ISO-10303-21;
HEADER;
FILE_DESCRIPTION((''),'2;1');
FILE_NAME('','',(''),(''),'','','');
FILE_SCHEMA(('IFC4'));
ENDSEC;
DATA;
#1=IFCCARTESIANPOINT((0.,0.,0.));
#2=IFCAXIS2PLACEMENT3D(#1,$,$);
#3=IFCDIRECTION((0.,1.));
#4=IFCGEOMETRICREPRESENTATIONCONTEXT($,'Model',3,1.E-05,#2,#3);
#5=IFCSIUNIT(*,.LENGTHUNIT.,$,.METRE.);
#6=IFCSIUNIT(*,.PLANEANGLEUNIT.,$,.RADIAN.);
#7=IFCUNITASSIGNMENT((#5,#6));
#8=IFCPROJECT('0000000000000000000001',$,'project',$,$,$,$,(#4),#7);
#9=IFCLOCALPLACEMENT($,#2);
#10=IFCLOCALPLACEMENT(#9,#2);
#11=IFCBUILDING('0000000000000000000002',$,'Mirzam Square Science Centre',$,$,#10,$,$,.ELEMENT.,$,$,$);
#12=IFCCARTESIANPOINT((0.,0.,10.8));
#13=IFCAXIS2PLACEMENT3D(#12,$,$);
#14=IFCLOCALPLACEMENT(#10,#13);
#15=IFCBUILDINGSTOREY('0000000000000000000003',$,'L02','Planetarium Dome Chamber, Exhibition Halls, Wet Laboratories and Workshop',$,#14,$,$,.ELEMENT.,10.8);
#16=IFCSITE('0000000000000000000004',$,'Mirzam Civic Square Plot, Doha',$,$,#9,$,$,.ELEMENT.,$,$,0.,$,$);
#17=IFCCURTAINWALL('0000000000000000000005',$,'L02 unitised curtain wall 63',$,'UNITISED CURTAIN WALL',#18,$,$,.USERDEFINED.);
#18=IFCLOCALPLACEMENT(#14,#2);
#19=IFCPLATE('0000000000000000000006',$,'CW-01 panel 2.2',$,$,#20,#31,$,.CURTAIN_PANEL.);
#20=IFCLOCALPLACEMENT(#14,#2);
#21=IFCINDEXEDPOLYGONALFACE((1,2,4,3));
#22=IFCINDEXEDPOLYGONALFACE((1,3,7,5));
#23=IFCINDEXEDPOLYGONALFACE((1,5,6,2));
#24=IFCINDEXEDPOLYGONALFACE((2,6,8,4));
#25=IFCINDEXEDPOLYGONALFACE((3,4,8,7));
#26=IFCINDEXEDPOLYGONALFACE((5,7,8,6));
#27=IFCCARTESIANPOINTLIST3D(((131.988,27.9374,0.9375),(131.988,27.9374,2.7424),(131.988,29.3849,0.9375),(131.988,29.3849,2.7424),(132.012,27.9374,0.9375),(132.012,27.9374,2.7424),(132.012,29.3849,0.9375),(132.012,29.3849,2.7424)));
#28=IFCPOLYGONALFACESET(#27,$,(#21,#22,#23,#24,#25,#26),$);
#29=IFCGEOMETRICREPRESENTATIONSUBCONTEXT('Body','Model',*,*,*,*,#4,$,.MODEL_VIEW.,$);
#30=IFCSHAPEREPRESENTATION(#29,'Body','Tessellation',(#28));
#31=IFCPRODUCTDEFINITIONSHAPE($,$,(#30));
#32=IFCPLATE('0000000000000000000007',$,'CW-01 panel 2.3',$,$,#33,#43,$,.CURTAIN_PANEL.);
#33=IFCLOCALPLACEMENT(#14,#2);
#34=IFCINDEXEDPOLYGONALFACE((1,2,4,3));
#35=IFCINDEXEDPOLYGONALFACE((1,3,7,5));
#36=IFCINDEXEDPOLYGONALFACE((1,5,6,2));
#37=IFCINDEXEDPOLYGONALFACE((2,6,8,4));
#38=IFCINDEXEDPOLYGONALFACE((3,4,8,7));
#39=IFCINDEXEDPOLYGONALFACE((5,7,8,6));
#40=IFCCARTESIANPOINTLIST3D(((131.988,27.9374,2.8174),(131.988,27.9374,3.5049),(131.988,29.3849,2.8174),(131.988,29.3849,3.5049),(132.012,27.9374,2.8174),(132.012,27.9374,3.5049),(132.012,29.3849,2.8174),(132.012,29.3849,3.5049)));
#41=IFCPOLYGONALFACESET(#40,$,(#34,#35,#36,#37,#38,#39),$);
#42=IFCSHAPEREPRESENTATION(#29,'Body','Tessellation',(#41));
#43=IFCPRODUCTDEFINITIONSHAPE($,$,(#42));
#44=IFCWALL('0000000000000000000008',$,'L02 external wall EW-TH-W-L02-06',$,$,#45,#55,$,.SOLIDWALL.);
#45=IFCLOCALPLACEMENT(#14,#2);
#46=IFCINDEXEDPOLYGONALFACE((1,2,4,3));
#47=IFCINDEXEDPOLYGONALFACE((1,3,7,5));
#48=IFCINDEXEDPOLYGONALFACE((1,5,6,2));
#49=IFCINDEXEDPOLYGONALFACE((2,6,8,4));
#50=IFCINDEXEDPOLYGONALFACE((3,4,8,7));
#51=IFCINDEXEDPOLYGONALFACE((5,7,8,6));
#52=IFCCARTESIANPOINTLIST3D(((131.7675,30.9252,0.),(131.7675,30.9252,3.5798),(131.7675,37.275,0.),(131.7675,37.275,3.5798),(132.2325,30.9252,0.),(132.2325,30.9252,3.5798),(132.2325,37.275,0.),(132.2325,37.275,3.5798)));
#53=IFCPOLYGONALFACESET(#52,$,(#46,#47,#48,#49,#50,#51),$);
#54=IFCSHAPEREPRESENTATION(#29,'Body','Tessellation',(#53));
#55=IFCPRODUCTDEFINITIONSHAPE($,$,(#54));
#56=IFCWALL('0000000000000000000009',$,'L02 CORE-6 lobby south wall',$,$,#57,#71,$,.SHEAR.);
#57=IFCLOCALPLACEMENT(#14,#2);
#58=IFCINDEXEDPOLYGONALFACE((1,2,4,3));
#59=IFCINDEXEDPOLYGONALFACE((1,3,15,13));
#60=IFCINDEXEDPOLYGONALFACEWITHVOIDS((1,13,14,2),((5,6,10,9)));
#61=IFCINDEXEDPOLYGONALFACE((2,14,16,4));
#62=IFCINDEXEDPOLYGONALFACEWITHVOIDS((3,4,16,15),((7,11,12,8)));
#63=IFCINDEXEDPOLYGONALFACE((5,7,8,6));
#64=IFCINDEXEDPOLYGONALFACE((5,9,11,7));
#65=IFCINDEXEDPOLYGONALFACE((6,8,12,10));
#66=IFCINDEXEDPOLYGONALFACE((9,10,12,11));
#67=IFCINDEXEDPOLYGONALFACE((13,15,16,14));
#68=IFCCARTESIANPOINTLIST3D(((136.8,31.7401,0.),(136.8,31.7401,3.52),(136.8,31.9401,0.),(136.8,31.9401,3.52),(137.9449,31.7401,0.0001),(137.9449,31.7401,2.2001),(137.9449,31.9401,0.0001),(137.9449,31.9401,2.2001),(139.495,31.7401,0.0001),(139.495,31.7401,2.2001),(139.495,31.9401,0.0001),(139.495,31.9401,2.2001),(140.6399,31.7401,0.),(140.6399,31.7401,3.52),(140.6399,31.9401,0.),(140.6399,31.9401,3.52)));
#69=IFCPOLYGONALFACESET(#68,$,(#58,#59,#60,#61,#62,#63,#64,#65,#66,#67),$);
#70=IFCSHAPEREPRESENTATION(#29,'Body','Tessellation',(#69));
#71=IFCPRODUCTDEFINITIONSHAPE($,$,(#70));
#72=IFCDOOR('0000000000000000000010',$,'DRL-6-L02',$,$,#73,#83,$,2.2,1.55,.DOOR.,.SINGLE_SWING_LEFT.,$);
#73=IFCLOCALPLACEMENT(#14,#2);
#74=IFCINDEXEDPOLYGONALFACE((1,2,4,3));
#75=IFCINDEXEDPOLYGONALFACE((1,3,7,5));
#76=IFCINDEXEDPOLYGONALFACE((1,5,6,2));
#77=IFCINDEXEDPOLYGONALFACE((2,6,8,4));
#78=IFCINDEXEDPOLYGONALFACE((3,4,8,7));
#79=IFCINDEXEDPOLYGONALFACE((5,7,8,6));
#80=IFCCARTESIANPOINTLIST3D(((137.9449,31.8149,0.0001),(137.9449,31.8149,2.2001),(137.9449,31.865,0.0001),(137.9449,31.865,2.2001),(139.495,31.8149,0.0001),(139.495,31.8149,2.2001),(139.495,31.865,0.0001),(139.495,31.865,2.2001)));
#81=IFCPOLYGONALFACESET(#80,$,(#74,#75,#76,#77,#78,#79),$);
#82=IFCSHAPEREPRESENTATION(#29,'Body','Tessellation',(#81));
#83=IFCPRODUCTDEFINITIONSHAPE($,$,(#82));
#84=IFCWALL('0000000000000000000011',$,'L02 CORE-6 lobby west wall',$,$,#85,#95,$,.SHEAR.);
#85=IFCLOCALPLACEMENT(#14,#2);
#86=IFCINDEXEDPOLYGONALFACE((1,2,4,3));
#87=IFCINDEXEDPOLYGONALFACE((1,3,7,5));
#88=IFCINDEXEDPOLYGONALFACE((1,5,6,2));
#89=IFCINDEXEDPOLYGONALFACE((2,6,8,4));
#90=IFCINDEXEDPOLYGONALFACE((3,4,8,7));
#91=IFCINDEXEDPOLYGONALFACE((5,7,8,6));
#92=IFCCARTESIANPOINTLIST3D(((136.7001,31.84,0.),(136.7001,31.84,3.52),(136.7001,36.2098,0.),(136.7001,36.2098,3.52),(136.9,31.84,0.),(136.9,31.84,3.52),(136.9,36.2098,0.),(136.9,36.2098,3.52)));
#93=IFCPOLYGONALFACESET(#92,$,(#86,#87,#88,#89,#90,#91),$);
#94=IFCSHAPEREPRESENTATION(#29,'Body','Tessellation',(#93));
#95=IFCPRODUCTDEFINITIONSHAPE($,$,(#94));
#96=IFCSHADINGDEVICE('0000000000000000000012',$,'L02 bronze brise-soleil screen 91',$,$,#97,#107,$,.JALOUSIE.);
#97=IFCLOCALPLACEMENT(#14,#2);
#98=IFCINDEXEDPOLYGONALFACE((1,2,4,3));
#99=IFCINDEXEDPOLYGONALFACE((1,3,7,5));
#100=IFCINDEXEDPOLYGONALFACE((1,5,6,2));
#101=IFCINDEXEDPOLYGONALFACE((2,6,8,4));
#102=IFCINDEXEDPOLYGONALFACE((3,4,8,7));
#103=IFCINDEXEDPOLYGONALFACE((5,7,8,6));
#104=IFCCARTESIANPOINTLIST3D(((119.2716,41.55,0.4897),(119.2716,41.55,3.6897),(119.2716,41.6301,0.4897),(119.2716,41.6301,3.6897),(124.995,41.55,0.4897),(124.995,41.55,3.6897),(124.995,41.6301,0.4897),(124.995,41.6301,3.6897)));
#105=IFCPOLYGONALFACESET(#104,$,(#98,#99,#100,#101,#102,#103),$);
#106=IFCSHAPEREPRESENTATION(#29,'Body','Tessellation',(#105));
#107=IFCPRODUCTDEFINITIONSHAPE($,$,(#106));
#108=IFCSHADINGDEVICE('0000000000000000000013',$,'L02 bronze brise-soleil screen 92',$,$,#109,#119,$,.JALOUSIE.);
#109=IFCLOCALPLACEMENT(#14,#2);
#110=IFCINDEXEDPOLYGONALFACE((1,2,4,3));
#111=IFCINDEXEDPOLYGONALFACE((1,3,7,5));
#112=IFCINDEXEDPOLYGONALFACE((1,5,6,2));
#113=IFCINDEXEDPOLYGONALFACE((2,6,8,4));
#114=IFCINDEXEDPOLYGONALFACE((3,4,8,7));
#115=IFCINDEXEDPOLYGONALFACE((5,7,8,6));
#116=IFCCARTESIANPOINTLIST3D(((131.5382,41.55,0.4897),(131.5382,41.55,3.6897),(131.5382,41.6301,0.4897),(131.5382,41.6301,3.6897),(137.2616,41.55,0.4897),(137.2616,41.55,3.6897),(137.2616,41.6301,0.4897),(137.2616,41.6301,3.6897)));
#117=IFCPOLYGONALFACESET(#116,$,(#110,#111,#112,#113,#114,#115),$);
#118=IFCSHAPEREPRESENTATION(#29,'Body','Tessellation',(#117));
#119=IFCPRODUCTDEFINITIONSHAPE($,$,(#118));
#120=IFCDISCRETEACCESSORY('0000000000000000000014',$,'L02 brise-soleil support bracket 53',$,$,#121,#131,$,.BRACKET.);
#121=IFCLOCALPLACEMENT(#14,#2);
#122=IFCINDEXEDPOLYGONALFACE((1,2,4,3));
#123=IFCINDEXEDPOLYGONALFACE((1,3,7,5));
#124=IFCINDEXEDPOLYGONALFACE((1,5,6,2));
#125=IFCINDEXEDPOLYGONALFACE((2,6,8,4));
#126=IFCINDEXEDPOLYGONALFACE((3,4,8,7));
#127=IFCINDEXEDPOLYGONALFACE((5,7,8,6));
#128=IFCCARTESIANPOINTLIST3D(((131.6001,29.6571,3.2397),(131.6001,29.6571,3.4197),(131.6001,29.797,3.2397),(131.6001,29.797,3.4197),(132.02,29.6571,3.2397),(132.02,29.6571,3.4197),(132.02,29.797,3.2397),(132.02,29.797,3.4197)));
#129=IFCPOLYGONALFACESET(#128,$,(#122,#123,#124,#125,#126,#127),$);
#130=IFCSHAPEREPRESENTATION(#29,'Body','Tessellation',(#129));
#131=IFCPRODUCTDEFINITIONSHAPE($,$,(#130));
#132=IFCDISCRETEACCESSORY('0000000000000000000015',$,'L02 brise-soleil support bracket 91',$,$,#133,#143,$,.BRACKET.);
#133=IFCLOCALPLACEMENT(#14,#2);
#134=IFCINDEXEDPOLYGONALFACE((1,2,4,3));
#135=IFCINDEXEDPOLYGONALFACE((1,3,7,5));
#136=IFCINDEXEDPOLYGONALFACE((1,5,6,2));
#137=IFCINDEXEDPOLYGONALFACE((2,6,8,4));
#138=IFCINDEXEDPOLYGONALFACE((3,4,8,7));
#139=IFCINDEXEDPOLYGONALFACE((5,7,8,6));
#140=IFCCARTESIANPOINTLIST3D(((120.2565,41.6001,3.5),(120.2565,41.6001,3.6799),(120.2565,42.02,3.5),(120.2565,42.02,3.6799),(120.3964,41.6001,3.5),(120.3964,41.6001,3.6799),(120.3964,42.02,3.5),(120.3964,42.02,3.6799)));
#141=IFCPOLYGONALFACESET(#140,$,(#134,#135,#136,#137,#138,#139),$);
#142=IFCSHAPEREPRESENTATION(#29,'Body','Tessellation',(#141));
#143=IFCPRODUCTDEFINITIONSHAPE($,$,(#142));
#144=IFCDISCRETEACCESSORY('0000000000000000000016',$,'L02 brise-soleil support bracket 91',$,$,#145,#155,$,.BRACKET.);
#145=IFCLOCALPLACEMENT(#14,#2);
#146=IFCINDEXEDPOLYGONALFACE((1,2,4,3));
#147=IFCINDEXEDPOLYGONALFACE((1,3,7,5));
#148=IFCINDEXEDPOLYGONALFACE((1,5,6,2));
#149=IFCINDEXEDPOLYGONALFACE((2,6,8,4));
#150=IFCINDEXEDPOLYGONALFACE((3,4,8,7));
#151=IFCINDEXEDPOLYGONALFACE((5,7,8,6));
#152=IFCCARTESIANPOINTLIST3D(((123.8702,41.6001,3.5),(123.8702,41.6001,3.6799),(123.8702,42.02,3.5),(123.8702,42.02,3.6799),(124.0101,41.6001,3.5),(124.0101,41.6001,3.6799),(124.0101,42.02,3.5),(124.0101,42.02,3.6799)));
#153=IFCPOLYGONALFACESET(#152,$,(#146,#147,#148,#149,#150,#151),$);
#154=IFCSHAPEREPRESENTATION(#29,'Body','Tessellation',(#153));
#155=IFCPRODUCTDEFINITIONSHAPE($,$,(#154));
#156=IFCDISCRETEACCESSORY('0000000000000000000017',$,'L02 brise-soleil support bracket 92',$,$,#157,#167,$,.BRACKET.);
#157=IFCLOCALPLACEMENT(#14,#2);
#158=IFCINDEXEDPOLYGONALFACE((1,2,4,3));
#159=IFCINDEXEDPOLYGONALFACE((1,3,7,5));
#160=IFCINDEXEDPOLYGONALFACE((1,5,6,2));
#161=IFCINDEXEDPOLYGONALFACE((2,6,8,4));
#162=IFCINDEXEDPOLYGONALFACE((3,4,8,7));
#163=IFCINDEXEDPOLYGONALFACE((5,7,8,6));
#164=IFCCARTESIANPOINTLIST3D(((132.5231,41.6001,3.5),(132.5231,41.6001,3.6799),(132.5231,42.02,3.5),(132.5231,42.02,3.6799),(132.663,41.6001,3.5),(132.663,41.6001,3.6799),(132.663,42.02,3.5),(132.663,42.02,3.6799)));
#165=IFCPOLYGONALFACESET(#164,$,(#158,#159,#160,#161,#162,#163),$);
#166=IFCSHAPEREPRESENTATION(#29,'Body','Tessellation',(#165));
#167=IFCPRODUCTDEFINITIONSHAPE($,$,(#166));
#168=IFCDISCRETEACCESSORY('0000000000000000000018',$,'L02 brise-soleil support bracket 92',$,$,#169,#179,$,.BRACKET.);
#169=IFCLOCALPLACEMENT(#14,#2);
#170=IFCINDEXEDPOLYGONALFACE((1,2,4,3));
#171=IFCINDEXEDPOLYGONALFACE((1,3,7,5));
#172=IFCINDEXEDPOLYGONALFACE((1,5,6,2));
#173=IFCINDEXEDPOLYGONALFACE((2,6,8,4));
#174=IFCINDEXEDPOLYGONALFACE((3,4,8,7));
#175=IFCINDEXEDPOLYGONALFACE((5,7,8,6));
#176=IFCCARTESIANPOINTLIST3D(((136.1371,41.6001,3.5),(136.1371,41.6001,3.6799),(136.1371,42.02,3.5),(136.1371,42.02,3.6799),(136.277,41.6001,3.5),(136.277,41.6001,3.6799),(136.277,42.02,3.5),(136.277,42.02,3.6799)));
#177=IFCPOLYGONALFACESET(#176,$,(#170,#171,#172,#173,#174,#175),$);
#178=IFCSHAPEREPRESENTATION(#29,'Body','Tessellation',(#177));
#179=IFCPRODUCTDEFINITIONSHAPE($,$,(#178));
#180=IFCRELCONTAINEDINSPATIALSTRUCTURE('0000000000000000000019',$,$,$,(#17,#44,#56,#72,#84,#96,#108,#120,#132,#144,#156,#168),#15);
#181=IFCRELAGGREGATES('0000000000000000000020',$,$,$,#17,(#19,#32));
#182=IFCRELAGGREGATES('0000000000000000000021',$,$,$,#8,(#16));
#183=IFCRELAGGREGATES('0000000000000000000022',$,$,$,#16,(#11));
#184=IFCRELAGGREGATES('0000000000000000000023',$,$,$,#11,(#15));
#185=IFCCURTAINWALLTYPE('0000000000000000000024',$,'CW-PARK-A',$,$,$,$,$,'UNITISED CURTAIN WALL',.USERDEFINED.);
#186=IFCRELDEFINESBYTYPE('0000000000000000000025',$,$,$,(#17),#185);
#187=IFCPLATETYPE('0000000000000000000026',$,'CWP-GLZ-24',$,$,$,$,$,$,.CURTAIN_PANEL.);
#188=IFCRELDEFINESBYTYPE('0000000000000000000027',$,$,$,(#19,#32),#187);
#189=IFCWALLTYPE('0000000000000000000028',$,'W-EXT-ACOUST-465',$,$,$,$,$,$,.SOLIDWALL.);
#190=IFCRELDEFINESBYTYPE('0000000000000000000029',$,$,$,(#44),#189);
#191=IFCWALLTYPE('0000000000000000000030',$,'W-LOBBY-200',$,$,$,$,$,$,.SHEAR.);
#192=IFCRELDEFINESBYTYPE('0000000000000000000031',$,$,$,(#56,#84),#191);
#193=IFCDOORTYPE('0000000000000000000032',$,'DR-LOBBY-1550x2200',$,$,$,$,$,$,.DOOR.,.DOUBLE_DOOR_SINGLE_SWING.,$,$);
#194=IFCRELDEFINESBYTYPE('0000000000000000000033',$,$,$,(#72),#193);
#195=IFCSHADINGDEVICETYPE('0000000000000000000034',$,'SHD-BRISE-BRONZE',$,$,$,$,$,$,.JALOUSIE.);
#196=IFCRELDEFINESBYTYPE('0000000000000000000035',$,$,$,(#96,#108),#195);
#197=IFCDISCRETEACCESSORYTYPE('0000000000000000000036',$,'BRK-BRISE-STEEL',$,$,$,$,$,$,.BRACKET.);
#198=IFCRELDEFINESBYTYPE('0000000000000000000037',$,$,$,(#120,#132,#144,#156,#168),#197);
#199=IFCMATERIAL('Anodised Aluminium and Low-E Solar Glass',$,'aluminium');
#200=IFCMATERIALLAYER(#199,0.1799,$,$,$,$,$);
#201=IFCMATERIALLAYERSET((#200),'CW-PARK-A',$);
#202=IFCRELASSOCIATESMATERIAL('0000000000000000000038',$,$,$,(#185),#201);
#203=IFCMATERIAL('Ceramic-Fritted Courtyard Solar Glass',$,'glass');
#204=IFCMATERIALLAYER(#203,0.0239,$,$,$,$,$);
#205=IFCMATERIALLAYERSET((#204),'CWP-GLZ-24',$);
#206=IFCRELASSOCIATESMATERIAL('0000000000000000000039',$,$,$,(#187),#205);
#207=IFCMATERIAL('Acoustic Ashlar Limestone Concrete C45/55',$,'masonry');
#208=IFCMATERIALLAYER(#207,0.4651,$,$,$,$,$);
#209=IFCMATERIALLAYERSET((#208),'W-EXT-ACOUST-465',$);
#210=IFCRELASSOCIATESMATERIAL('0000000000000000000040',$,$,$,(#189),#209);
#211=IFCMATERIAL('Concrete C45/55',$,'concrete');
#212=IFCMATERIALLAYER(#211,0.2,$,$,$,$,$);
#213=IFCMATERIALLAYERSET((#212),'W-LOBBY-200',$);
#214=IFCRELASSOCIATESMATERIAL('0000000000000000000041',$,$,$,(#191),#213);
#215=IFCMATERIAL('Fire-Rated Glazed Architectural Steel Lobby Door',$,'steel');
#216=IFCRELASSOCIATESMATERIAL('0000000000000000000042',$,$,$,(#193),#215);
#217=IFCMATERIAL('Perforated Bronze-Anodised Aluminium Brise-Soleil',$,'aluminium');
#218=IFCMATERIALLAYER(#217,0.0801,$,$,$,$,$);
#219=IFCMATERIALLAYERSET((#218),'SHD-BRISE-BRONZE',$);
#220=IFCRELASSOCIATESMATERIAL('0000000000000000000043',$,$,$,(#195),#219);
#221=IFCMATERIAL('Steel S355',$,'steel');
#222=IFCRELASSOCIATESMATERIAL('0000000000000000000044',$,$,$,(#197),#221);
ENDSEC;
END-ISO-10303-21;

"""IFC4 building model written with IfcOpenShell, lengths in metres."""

from ifc_helpers import new_model, si_unit, direction, frame, frame_2d, origin, origin_2d, place, context, subcontext, project, spatial, rectangle, extrude, material, layer, layer_set, type_object, element, fill, aggregate, save


model = new_model("IFC4")

# Units and contexts
model_context = context("Model", 3, precision=1e-05, world=origin(), true_north=direction((0.0, 1.0)))
body_context = subcontext(model_context, "Body", "Model", "MODEL_VIEW")
ifc_project = project(units=[si_unit("LENGTHUNIT", "METRE"), si_unit("PLANEANGLEUNIT", "RADIAN")], contexts=[model_context])

# Site, building, storey
site_placement = place(None, origin())
site = spatial("IfcSite", under=ifc_project, at=site_placement, Name="Mirzam Civic Square Plot, Doha", CompositionType="ELEMENT", RefElevation=0.0)
building_placement = place(site_placement, origin())
building = spatial("IfcBuilding", under=site, at=building_placement, Name="Mirzam Square Science Centre", CompositionType="ELEMENT")
storey_placement = place(building_placement, frame((0.0, 0.0, 10.8)))
storey = spatial("IfcBuildingStorey", under=building, at=storey_placement, Name="L02", Description="Planetarium Dome Chamber, Exhibition Halls, Wet Laboratories and Workshop", CompositionType="ELEMENT", Elevation=10.8)

# Shared definitions
ifc_material_1 = material(Name="Steel S355", Category="steel")

# Curtain wall
ifc_material_2 = material(Name="Anodised Aluminium and Low-E Solar Glass", Category="aluminium")
ifc_layer_1 = layer(ifc_material_2, 0.1799)
ifc_layer_set_1 = layer_set([ifc_layer_1], Name="CW-PARK-A")
curtain_wall_type_1 = type_object("IfcCurtainWallType", Name="CW-PARK-A", ElementType="UNITISED CURTAIN WALL", PredefinedType="USERDEFINED", material=ifc_layer_set_1)
curtain_wall_1_placement = place(storey_placement, origin())
curtain_wall_1 = element("IfcCurtainWall", 1, at=curtain_wall_1_placement, inside=storey, type_object=curtain_wall_type_1, Name="L02 unitised curtain wall 63", ObjectType="UNITISED CURTAIN WALL", PredefinedType="USERDEFINED")

# Plates
ifc_material_3 = material(Name="Ceramic-Fritted Courtyard Solar Glass", Category="glass")
ifc_layer_2 = layer(ifc_material_3, 0.0239)
ifc_layer_set_2 = layer_set([ifc_layer_2], Name="CWP-GLZ-24")
plate_type = type_object("IfcPlateType", Name="CWP-GLZ-24", PredefinedType="CURTAIN_PANEL", material=ifc_layer_set_2)
plate_1_placement = place(storey_placement, frame((132.0, 28.6611, 0.9375), z_axis=(0.0, 0.0, 1.0), x_axis=(0.0, -1.0, 0.0)))
plate_1 = element("IfcPlate", 2, at=plate_1_placement, type_object=plate_type, Name="CW-01 panel 2.2", PredefinedType="CURTAIN_PANEL", context=body_context, shape_type="SweptSolid", body=[
    extrude(rectangle(XDim=1.4475, YDim=0.0239, at=origin_2d()), origin(), (0.0, 0.0, 1.0), 1.8049),
])
plate_2_placement = place(storey_placement, frame((132.0, 28.6611, 2.8174), z_axis=(0.0, 0.0, 1.0), x_axis=(0.0, -1.0, 0.0)))
plate_2 = element("IfcPlate", 3, at=plate_2_placement, type_object=plate_type, Name="CW-01 panel 2.3", PredefinedType="CURTAIN_PANEL", context=body_context, shape_type="SweptSolid", body=[
    extrude(rectangle(XDim=1.4475, YDim=0.0239, at=origin_2d()), origin(), (0.0, 0.0, 1.0), 0.6875),
])
aggregate(curtain_wall_1, [plate_1, plate_2])

# Wall
ifc_material_4 = material(Name="Acoustic Ashlar Limestone Concrete C45/55", Category="masonry")
ifc_layer_3 = layer(ifc_material_4, 0.4651)
ifc_layer_set_3 = layer_set([ifc_layer_3], Name="W-EXT-ACOUST-465")
wall_type_1 = type_object("IfcWallType", Name="W-EXT-ACOUST-465", PredefinedType="SOLIDWALL", material=ifc_layer_set_3)
wall_1_placement = place(storey_placement, frame((132.0, 37.2749, 0.0), z_axis=(0.0, 0.0, 1.0), x_axis=(0.0, -1.0, 0.0)))
element("IfcWall", 4, at=wall_1_placement, inside=storey, type_object=wall_type_1, Name="L02 external wall EW-TH-W-L02-06", PredefinedType="SOLIDWALL", context=body_context, shape_type="SweptSolid", body=[
    extrude(rectangle(XDim=6.3499, YDim=0.4651, at=frame_2d((3.1748, 0.0))), origin(), (0.0, 0.0, 1.0), 3.5798),
])

# Wall, opening, door
ifc_material_5 = material(Name="Concrete C45/55", Category="concrete")
ifc_layer_4 = layer(ifc_material_5, 0.2)
ifc_layer_set_4 = layer_set([ifc_layer_4], Name="W-LOBBY-200")
wall_type_2 = type_object("IfcWallType", Name="W-LOBBY-200", PredefinedType="SHEAR", material=ifc_layer_set_4)
wall_2_placement = place(storey_placement, frame((136.8, 31.8401, 0.0), z_axis=(0.0, 0.0, 1.0), x_axis=(1.0, 0.0, 0.0)))
wall_2 = element("IfcWall", 5, at=wall_2_placement, inside=storey, type_object=wall_type_2, Name="L02 CORE-6 lobby south wall", PredefinedType="SHEAR", context=body_context, shape_type="SweptSolid", body=[
    extrude(rectangle(XDim=3.8398, YDim=0.2, at=frame_2d((1.9199, 0.0))), origin(), (0.0, 0.0, 1.0), 3.52),
])
opening_placement = place(wall_2_placement, frame((1.145, 0.0, 0.0)))
opening = element("IfcOpeningElement", 6, at=opening_placement, cuts=wall_2, PredefinedType="OPENING", context=body_context, shape_type="SweptSolid", body=[
    extrude(rectangle(XDim=1.55, YDim=2.2, at=frame_2d((0.7749, 1.1001))), frame((0.0, 0.1099, 0.0), z_axis=(0.0, -1.0, 0.0), x_axis=(1.0, 0.0, 0.0)), (0.0, 0.0, 1.0), 0.22),
])
ifc_material_6 = material(Name="Fire-Rated Glazed Architectural Steel Lobby Door", Category="steel")
door_type = type_object("IfcDoorType", Name="DR-LOBBY-1550x2200", OperationType="DOUBLE_DOOR_SINGLE_SWING", PredefinedType="DOOR", material=ifc_material_6)
door_placement = place(opening_placement, origin())
door = element("IfcDoor", 7, at=door_placement, inside=storey, type_object=door_type, Name="DRL-6-L02", OperationType="SINGLE_SWING_LEFT", OverallHeight=2.2, OverallWidth=1.55, PredefinedType="DOOR", context=body_context, shape_type="SweptSolid", body=[
    extrude(rectangle(XDim=1.55, YDim=2.2, at=frame_2d((0.7749, 1.1001))), frame((0.0, 0.0249, 0.0), z_axis=(0.0, -1.0, 0.0), x_axis=(1.0, 0.0, 0.0)), (0.0, 0.0, 1.0), 0.05),
])
fill(opening, door)

# Wall
wall_3_placement = place(storey_placement, frame((136.8, 36.21, 0.0), z_axis=(0.0, 0.0, 1.0), x_axis=(0.0, -1.0, 0.0)))
element("IfcWall", 8, at=wall_3_placement, inside=storey, type_object=wall_type_2, Name="L02 CORE-6 lobby west wall", PredefinedType="SHEAR", context=body_context, shape_type="SweptSolid", body=[
    extrude(rectangle(XDim=4.3699, YDim=0.2, at=frame_2d((2.1851, 0.0))), origin(), (0.0, 0.0, 1.0), 3.52),
])

# Shading devices
ifc_material_7 = material(Name="Perforated Bronze-Anodised Aluminium Brise-Soleil", Category="aluminium")
ifc_layer_5 = layer(ifc_material_7, 0.0801)
ifc_layer_set_5 = layer_set([ifc_layer_5], Name="SHD-BRISE-BRONZE")
shading_device_type = type_object("IfcShadingDeviceType", Name="SHD-BRISE-BRONZE", PredefinedType="JALOUSIE", material=ifc_layer_set_5)
for number, where, z_axis, x_axis, name in (
    (9, (122.1333, 41.5901, 0.4897), (0.0, 0.0, 1.0), (1.0, 0.0, 0.0), "L02 bronze brise-soleil screen 91"),
    (10, (134.3999, 41.5901, 0.4897), (0.0, 0.0, 1.0), (1.0, 0.0, 0.0), "L02 bronze brise-soleil screen 92"),
):
    element("IfcShadingDevice", number, at=place(storey_placement, frame(where, z_axis=z_axis, x_axis=x_axis)), inside=storey, type_object=shading_device_type, Name=name, PredefinedType="JALOUSIE", context=body_context, shape_type="SweptSolid", body=[
        extrude(rectangle(XDim=5.7234, YDim=0.0801, at=origin_2d()), origin(), (0.0, 0.0, 1.0), 3.2),
    ])

# Discrete accessories
discrete_accessory_type = type_object("IfcDiscreteAccessoryType", Name="BRK-BRISE-STEEL", PredefinedType="BRACKET", material=ifc_material_1)
for number, where, z_axis, x_axis, name in (
    (11, (131.8101, 29.7271, 3.2397), (0.0, 0.0, 1.0), (0.0, -1.0, 0.0), "L02 brise-soleil support bracket 53"),
    (12, (120.3264, 41.8101, 3.5), (0.0, 0.0, 1.0), (1.0, 0.0, 0.0), "L02 brise-soleil support bracket 91"),
    (13, (123.9402, 41.8101, 3.5), (0.0, 0.0, 1.0), (1.0, 0.0, 0.0), "L02 brise-soleil support bracket 91"),
    (14, (132.593, 41.8101, 3.5), (0.0, 0.0, 1.0), (1.0, 0.0, 0.0), "L02 brise-soleil support bracket 92"),
    (15, (136.207, 41.8101, 3.5), (0.0, 0.0, 1.0), (1.0, 0.0, 0.0), "L02 brise-soleil support bracket 92"),
):
    element("IfcDiscreteAccessory", number, at=place(storey_placement, frame(where, z_axis=z_axis, x_axis=x_axis)), inside=storey, type_object=discrete_accessory_type, Name=name, PredefinedType="BRACKET", context=body_context, shape_type="SweptSolid", body=[
        extrude(rectangle(XDim=0.1399, YDim=0.4199, at=origin_2d()), origin(), (0.0, 0.0, 1.0), 0.1799),
    ])

save(model, "model.ifc")
